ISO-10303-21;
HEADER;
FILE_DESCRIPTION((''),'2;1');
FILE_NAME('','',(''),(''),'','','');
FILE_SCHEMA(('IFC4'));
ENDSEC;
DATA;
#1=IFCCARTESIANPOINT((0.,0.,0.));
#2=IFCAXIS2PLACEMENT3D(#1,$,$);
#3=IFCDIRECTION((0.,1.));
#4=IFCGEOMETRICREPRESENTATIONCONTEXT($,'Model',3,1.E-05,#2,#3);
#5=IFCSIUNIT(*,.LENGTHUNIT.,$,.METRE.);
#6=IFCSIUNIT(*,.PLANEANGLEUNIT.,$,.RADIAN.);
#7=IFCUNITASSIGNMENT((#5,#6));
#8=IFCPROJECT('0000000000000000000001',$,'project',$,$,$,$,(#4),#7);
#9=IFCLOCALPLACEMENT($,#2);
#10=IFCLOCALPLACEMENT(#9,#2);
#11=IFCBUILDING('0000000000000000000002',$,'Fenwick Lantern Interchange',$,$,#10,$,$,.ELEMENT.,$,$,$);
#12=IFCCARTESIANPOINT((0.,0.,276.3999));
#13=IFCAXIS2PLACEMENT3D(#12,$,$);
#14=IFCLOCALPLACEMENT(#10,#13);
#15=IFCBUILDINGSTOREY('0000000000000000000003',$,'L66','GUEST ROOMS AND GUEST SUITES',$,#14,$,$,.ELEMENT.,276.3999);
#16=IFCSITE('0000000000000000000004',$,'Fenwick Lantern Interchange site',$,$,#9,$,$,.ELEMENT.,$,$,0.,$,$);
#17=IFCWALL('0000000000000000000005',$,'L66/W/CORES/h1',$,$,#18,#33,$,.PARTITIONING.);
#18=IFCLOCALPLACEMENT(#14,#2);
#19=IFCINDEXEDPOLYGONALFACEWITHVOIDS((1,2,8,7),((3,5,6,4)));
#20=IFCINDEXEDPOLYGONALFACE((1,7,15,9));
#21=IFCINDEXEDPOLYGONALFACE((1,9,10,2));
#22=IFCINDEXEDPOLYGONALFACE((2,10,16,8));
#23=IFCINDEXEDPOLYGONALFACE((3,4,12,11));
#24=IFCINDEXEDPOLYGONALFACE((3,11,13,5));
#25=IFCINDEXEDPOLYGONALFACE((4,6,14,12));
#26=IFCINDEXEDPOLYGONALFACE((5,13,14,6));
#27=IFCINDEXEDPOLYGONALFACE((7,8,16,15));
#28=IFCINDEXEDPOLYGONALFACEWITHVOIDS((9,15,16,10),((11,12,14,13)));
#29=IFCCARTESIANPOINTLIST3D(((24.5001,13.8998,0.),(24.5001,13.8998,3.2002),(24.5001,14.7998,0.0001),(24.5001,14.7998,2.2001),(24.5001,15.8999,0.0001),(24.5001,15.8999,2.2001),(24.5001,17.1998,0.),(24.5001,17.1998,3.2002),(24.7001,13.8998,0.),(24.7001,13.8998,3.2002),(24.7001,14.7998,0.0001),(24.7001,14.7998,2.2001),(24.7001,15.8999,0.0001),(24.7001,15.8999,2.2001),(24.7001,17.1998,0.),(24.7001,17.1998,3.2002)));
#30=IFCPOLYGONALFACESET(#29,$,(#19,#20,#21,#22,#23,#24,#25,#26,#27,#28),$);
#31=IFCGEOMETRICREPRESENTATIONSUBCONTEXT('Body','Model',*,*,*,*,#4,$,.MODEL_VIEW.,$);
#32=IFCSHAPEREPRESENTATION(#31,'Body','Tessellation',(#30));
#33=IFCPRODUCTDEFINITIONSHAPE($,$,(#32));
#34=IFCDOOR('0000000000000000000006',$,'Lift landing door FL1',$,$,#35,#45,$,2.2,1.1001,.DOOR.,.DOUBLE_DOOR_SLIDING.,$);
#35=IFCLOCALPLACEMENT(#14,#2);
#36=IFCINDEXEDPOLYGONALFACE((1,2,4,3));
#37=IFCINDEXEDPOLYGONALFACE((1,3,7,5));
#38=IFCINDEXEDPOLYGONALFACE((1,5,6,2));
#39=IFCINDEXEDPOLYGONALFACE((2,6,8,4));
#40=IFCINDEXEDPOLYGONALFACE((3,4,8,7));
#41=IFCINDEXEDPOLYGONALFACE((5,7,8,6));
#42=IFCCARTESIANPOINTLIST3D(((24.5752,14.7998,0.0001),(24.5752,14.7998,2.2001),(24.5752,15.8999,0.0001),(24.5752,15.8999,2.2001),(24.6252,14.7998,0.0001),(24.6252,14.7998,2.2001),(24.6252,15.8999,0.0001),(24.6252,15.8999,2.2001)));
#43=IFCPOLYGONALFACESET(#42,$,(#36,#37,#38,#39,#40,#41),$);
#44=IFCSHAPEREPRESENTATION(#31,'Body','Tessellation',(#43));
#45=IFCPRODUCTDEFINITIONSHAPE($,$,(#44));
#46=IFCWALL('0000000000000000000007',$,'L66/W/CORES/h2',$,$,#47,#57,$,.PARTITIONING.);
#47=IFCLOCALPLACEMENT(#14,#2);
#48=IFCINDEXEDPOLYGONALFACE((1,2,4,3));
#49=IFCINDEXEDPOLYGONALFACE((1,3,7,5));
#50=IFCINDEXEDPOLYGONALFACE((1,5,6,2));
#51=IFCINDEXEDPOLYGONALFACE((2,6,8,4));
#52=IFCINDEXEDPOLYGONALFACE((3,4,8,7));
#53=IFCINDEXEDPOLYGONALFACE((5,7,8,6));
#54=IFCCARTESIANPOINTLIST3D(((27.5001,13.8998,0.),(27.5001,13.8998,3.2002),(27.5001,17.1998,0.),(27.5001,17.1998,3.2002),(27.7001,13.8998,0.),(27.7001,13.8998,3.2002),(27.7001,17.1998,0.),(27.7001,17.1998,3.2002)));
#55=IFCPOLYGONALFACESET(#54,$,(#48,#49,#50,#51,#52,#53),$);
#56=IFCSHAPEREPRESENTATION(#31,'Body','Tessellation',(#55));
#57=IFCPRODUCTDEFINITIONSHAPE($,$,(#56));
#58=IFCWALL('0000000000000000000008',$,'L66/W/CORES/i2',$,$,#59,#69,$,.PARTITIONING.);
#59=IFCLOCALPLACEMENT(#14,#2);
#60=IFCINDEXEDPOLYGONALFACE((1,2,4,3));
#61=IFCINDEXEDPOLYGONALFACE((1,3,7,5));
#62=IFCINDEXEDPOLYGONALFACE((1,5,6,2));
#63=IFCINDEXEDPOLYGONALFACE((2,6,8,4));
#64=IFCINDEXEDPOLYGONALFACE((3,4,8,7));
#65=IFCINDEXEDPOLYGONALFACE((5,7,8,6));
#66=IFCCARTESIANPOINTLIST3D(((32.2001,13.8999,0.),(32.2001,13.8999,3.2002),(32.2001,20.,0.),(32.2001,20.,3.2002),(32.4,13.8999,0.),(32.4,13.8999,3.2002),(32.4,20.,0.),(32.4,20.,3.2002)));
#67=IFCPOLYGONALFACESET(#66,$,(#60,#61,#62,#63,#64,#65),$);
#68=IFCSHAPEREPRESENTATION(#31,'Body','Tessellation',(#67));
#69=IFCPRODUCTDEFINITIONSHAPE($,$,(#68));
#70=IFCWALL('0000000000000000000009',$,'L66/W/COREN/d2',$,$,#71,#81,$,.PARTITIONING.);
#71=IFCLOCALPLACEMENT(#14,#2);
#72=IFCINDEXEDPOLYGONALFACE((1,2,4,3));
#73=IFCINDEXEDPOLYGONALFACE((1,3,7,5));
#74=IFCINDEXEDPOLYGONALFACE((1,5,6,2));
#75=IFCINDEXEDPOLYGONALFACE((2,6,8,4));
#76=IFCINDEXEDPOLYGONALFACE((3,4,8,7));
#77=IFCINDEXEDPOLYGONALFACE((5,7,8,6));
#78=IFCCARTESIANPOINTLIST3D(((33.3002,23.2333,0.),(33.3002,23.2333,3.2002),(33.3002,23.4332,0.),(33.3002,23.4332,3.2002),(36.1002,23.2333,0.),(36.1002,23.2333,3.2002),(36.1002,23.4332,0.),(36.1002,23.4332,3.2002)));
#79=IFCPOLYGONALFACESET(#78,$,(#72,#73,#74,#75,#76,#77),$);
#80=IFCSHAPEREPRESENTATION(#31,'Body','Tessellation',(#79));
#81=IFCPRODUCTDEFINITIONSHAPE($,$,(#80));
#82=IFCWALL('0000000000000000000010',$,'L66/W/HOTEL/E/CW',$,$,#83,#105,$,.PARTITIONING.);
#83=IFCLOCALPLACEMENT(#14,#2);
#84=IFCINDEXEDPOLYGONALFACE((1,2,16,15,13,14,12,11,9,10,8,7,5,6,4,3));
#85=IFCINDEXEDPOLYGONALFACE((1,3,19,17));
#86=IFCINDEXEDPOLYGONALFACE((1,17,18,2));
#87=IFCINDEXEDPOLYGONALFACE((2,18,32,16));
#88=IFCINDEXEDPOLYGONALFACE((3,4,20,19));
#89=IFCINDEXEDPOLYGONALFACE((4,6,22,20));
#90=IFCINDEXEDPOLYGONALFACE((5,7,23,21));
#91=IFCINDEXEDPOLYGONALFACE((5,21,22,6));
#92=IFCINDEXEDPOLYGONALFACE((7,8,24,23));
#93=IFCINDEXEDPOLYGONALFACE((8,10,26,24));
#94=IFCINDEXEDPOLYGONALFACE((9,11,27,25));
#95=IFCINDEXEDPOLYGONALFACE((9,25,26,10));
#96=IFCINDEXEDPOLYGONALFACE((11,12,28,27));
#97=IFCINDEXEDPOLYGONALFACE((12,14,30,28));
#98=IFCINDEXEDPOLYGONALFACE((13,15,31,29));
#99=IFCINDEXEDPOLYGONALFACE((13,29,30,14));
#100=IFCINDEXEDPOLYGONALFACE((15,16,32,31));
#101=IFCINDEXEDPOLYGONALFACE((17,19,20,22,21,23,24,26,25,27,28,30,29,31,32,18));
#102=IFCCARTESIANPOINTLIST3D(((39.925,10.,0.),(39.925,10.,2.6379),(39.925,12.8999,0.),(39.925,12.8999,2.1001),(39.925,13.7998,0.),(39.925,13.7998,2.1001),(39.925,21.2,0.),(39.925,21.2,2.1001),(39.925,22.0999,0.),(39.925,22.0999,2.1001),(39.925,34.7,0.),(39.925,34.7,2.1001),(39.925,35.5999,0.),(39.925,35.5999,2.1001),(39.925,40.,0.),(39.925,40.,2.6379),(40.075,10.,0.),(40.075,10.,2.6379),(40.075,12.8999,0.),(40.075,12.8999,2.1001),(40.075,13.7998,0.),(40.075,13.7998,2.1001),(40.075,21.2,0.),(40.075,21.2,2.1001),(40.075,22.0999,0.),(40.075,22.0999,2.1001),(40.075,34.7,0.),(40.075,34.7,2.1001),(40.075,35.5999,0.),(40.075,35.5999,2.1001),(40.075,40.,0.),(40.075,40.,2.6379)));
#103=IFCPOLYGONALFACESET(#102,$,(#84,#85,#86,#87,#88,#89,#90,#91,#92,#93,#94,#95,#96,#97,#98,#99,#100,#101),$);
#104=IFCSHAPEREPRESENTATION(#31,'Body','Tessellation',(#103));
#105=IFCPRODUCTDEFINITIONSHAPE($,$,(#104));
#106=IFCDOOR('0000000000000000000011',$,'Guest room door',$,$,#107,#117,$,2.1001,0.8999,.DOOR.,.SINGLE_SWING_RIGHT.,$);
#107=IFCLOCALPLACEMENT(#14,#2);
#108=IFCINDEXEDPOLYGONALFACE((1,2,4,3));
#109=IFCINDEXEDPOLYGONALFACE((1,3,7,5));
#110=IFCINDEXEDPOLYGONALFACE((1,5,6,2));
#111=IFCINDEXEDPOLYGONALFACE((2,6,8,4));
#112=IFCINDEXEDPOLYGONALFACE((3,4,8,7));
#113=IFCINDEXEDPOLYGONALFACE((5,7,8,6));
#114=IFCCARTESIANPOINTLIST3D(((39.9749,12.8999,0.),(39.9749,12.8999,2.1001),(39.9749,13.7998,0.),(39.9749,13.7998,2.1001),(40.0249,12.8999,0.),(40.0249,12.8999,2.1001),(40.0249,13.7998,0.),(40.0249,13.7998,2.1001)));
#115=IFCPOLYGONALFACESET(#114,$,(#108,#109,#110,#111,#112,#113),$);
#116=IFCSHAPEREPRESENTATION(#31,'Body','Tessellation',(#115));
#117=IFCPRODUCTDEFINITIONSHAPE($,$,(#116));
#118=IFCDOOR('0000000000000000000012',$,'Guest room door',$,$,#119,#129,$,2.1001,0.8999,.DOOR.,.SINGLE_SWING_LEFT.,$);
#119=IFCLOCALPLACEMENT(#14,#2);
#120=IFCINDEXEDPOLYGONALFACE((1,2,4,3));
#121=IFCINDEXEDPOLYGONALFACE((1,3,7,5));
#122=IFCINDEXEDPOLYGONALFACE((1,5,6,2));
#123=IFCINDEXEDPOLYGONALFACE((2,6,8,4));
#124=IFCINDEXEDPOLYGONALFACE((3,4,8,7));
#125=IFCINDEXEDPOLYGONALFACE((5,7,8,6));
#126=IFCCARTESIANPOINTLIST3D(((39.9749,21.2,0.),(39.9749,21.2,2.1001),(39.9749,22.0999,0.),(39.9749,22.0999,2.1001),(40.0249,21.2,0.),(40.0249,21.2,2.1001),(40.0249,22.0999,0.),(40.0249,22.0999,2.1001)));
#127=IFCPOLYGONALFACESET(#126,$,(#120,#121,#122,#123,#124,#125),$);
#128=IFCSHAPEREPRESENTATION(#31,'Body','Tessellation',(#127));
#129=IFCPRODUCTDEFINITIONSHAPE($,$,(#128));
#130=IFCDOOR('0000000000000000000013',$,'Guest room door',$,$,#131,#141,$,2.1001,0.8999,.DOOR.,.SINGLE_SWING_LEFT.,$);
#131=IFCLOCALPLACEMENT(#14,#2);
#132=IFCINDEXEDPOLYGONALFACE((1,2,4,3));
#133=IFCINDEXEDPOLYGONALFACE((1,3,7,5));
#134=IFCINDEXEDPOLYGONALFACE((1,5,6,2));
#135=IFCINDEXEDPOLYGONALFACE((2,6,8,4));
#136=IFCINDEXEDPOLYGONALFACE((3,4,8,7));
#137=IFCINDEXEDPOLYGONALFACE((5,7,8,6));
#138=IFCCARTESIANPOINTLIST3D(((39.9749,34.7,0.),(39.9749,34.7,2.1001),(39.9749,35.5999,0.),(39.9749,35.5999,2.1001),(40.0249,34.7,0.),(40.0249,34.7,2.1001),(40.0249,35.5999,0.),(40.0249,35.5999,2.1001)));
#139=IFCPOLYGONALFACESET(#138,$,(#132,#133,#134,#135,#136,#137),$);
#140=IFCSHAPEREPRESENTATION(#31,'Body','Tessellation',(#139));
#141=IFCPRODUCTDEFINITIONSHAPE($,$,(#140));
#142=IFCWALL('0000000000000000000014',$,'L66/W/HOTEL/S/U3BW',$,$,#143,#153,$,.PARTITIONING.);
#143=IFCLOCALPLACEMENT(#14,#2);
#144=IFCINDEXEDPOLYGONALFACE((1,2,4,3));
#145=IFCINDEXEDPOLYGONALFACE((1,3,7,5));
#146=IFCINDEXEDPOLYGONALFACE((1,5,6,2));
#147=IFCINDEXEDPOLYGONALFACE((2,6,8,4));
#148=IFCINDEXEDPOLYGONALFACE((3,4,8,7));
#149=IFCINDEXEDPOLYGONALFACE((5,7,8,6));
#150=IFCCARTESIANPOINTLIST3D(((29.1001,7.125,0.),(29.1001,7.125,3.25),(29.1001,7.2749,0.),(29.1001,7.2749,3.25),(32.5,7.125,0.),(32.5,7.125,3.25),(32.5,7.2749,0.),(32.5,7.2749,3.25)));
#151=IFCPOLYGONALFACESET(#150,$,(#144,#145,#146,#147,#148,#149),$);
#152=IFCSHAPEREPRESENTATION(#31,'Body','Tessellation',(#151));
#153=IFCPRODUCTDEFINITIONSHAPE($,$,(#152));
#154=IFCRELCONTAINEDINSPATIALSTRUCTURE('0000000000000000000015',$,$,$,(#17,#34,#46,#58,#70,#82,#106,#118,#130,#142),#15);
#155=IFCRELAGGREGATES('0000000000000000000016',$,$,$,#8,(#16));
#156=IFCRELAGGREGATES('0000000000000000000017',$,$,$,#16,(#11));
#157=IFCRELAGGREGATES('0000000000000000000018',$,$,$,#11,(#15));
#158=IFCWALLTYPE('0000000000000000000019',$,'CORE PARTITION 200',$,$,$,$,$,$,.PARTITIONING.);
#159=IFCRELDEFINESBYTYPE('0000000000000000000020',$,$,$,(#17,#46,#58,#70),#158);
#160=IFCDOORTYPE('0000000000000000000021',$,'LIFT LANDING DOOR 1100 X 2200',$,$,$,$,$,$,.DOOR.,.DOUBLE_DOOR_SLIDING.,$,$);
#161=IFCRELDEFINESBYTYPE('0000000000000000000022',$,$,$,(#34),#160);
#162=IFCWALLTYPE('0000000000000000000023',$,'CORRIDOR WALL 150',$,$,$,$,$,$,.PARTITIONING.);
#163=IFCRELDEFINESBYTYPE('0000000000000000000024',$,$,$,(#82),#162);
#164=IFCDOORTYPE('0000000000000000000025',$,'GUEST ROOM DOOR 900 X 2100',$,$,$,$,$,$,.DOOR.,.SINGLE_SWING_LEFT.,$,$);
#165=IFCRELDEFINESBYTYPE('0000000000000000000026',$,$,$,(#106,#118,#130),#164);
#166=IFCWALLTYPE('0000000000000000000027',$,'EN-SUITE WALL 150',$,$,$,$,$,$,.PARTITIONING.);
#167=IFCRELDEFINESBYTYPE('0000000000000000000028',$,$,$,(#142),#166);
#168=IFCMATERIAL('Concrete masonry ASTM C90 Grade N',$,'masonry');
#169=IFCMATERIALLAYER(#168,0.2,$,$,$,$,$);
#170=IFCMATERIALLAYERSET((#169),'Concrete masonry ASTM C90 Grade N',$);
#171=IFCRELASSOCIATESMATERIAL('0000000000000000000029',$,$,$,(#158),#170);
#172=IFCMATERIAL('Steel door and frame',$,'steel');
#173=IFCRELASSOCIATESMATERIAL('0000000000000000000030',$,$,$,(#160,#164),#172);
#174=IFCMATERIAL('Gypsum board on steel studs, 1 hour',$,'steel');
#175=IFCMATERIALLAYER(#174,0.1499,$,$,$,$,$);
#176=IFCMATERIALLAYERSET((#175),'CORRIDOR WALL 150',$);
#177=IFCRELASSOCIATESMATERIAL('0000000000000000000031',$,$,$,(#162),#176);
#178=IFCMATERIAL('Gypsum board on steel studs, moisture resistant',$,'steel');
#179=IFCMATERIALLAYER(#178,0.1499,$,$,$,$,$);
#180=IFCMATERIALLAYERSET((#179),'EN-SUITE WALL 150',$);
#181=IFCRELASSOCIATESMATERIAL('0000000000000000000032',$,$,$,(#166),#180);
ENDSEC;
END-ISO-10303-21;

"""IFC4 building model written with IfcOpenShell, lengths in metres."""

from ifc_helpers import new_model, si_unit, direction, frame, frame_2d, origin, place, context, subcontext, project, spatial, rectangle, extrude, material, layer, layer_set, type_object, element, fill, save


model = new_model("IFC4")

# Units and contexts
model_context = context("Model", 3, precision=1e-05, world=origin(), true_north=direction((0.0, 1.0)))
body_context = subcontext(model_context, "Body", "Model", "MODEL_VIEW")
ifc_project = project(units=[si_unit("LENGTHUNIT", "METRE"), si_unit("PLANEANGLEUNIT", "RADIAN")], contexts=[model_context])

# Site, building, storey
site_placement = place(None, origin())
site = spatial("IfcSite", under=ifc_project, at=site_placement, Name="Fenwick Lantern Interchange site", CompositionType="ELEMENT", RefElevation=0.0)
building_placement = place(site_placement, origin())
building = spatial("IfcBuilding", under=site, at=building_placement, Name="Fenwick Lantern Interchange", CompositionType="ELEMENT")
storey_placement = place(building_placement, frame((0.0, 0.0, 276.3999)))
storey = spatial("IfcBuildingStorey", under=building, at=storey_placement, Name="L66", Description="GUEST ROOMS AND GUEST SUITES", CompositionType="ELEMENT", Elevation=276.3999)

# Wall, opening, door
ifc_material_1 = material(Name="Concrete masonry ASTM C90 Grade N", Category="masonry")
ifc_layer_1 = layer(ifc_material_1, 0.2)
ifc_layer_set_1 = layer_set([ifc_layer_1], Name="Concrete masonry ASTM C90 Grade N")
wall_type_1 = type_object("IfcWallType", Name="CORE PARTITION 200", PredefinedType="PARTITIONING", material=ifc_layer_set_1)
wall_1_placement = place(storey_placement, frame((24.6001, 13.8999, 0.0), z_axis=(0.0, 0.0, 1.0), x_axis=(0.0, 1.0, 0.0)))
wall_1 = element("IfcWall", 1, at=wall_1_placement, inside=storey, type_object=wall_type_1, Name="L66/W/CORES/h1", PredefinedType="PARTITIONING", context=body_context, shape_type="SweptSolid", body=[
    extrude(rectangle(XDim=3.3, YDim=0.2, at=frame_2d((1.6499, 0.0))), origin(), (0.0, 0.0, 1.0), 3.2002),
])
opening_1_placement = place(wall_1_placement, frame((0.8999, 0.0, 0.0)))
opening_1 = element("IfcOpeningElement", 2, at=opening_1_placement, cuts=wall_1, PredefinedType="OPENING", context=body_context, shape_type="SweptSolid", body=[
    extrude(rectangle(XDim=1.1001, YDim=2.2, at=frame_2d((0.55, 1.1001))), frame((0.0, 0.1099, 0.0), z_axis=(0.0, -1.0, 0.0), x_axis=(1.0, 0.0, 0.0)), (0.0, 0.0, 1.0), 0.22),
])
ifc_material_2 = material(Name="Steel door and frame", Category="steel")
door_type_1 = type_object("IfcDoorType", Name="LIFT LANDING DOOR 1100 X 2200", OperationType="DOUBLE_DOOR_SLIDING", PredefinedType="DOOR", material=ifc_material_2)
door_1_placement = place(opening_1_placement, origin())
door_1 = element("IfcDoor", 3, at=door_1_placement, inside=storey, type_object=door_type_1, Name="Lift landing door FL1", OperationType="DOUBLE_DOOR_SLIDING", OverallHeight=2.2, OverallWidth=1.1001, PredefinedType="DOOR", context=body_context, shape_type="SweptSolid", body=[
    extrude(rectangle(XDim=1.1001, YDim=2.2, at=frame_2d((0.55, 1.1001))), frame((0.0, 0.0249, 0.0), z_axis=(0.0, -1.0, 0.0), x_axis=(1.0, 0.0, 0.0)), (0.0, 0.0, 1.0), 0.05),
])
fill(opening_1, door_1)

# Walls
wall_2_placement = place(storey_placement, frame((27.6001, 13.8999, 0.0), z_axis=(0.0, 0.0, 1.0), x_axis=(0.0, 1.0, 0.0)))
element("IfcWall", 4, at=wall_2_placement, inside=storey, type_object=wall_type_1, Name="L66/W/CORES/h2", PredefinedType="PARTITIONING", context=body_context, shape_type="SweptSolid", body=[
    extrude(rectangle(XDim=3.3, YDim=0.2, at=frame_2d((1.6499, 0.0))), origin(), (0.0, 0.0, 1.0), 3.2002),
])
wall_3_placement = place(storey_placement, frame((32.3, 13.8999, 0.0), z_axis=(0.0, 0.0, 1.0), x_axis=(0.0, 1.0, 0.0)))
element("IfcWall", 5, at=wall_3_placement, inside=storey, type_object=wall_type_1, Name="L66/W/CORES/i2", PredefinedType="PARTITIONING", context=body_context, shape_type="SweptSolid", body=[
    extrude(rectangle(XDim=6.1001, YDim=0.2, at=frame_2d((3.05, 0.0))), origin(), (0.0, 0.0, 1.0), 3.2002),
])
wall_4_placement = place(storey_placement, frame((36.1001, 23.3333, 0.0), z_axis=(0.0, 0.0, 1.0), x_axis=(-1.0, 0.0, 0.0)))
element("IfcWall", 6, at=wall_4_placement, inside=storey, type_object=wall_type_1, Name="L66/W/COREN/d2", PredefinedType="PARTITIONING", context=body_context, shape_type="SweptSolid", body=[
    extrude(rectangle(XDim=2.8, YDim=0.2, at=frame_2d((1.3999, 0.0))), origin(), (0.0, 0.0, 1.0), 3.2002),
])

# Wall, openings, doors
ifc_material_3 = material(Name="Gypsum board on steel studs, 1 hour", Category="steel")
ifc_layer_2 = layer(ifc_material_3, 0.1499)
ifc_layer_set_2 = layer_set([ifc_layer_2], Name="CORRIDOR WALL 150")
wall_type_2 = type_object("IfcWallType", Name="CORRIDOR WALL 150", PredefinedType="PARTITIONING", material=ifc_layer_set_2)
wall_5_placement = place(storey_placement, frame((40.0, 10.0, 0.0), z_axis=(0.0, 0.0, 1.0), x_axis=(0.0, 1.0, 0.0)))
wall_5 = element("IfcWall", 7, at=wall_5_placement, inside=storey, type_object=wall_type_2, Name="L66/W/HOTEL/E/CW", PredefinedType="PARTITIONING", context=body_context, shape_type="SweptSolid", body=[
    extrude(rectangle(XDim=30.0, YDim=0.1499, at=frame_2d((15.0, 0.0))), origin(), (0.0, 0.0, 1.0), 2.6379),
])
opening_2_placement = place(wall_5_placement, frame((2.8999, 0.0, 0.0)))
opening_2 = element("IfcOpeningElement", 8, at=opening_2_placement, cuts=wall_5, PredefinedType="OPENING", context=body_context, shape_type="SweptSolid", body=[
    extrude(rectangle(XDim=0.8999, YDim=2.1001, at=frame_2d((0.45, 1.05))), frame((0.0, 0.085, 0.0), z_axis=(0.0, -1.0, 0.0), x_axis=(1.0, 0.0, 0.0)), (0.0, 0.0, 1.0), 0.1699),
])
opening_3_placement = place(wall_5_placement, frame((11.2, 0.0, 0.0)))
opening_3 = element("IfcOpeningElement", 9, at=opening_3_placement, cuts=wall_5, PredefinedType="OPENING", context=body_context, shape_type="SweptSolid", body=[
    extrude(rectangle(XDim=0.8999, YDim=2.1001, at=frame_2d((0.45, 1.05))), frame((0.0, 0.085, 0.0), z_axis=(0.0, -1.0, 0.0), x_axis=(1.0, 0.0, 0.0)), (0.0, 0.0, 1.0), 0.1699),
])
opening_4_placement = place(wall_5_placement, frame((24.7, 0.0, 0.0)))
opening_4 = element("IfcOpeningElement", 10, at=opening_4_placement, cuts=wall_5, PredefinedType="OPENING", context=body_context, shape_type="SweptSolid", body=[
    extrude(rectangle(XDim=0.8999, YDim=2.1001, at=frame_2d((0.45, 1.05))), frame((0.0, 0.085, 0.0), z_axis=(0.0, -1.0, 0.0), x_axis=(1.0, 0.0, 0.0)), (0.0, 0.0, 1.0), 0.1699),
])
door_type_2 = type_object("IfcDoorType", Name="GUEST ROOM DOOR 900 X 2100", OperationType="SINGLE_SWING_LEFT", PredefinedType="DOOR", material=ifc_material_2)
door_2_placement = place(opening_2_placement, frame((0.8999, 0.0, 0.0), z_axis=(0.0, 0.0, 1.0), x_axis=(-1.0, 0.0, 0.0)))
door_2 = element("IfcDoor", 11, at=door_2_placement, inside=storey, type_object=door_type_2, Name="Guest room door", OperationType="SINGLE_SWING_RIGHT", OverallHeight=2.1001, OverallWidth=0.8999, PredefinedType="DOOR", context=body_context, shape_type="SweptSolid", body=[
    extrude(rectangle(XDim=0.8999, YDim=2.1001, at=frame_2d((0.45, 1.05))), frame((0.0, 0.0249, 0.0), z_axis=(0.0, -1.0, 0.0), x_axis=(1.0, 0.0, 0.0)), (0.0, 0.0, 1.0), 0.05),
])
fill(opening_2, door_2)
door_3_placement = place(opening_3_placement, frame((0.8999, 0.0, 0.0), z_axis=(0.0, 0.0, 1.0), x_axis=(-1.0, 0.0, 0.0)))
door_3 = element("IfcDoor", 12, at=door_3_placement, inside=storey, type_object=door_type_2, Name="Guest room door", OperationType="SINGLE_SWING_LEFT", OverallHeight=2.1001, OverallWidth=0.8999, PredefinedType="DOOR", context=body_context, shape_type="SweptSolid", body=[
    extrude(rectangle(XDim=0.8999, YDim=2.1001, at=frame_2d((0.45, 1.05))), frame((0.0, 0.0249, 0.0), z_axis=(0.0, -1.0, 0.0), x_axis=(1.0, 0.0, 0.0)), (0.0, 0.0, 1.0), 0.05),
])
fill(opening_3, door_3)
door_4_placement = place(opening_4_placement, frame((0.8999, 0.0, 0.0), z_axis=(0.0, 0.0, 1.0), x_axis=(-1.0, 0.0, 0.0)))
door_4 = element("IfcDoor", 13, at=door_4_placement, inside=storey, type_object=door_type_2, Name="Guest room door", OperationType="SINGLE_SWING_LEFT", OverallHeight=2.1001, OverallWidth=0.8999, PredefinedType="DOOR", context=body_context, shape_type="SweptSolid", body=[
    extrude(rectangle(XDim=0.8999, YDim=2.1001, at=frame_2d((0.45, 1.05))), frame((0.0, 0.0249, 0.0), z_axis=(0.0, -1.0, 0.0), x_axis=(1.0, 0.0, 0.0)), (0.0, 0.0, 1.0), 0.05),
])
fill(opening_4, door_4)

# Wall
ifc_material_4 = material(Name="Gypsum board on steel studs, moisture resistant", Category="steel")
ifc_layer_3 = layer(ifc_material_4, 0.1499)
ifc_layer_set_3 = layer_set([ifc_layer_3], Name="EN-SUITE WALL 150")
wall_type_3 = type_object("IfcWallType", Name="EN-SUITE WALL 150", PredefinedType="PARTITIONING", material=ifc_layer_set_3)
wall_6_placement = place(storey_placement, frame((29.1001, 7.2, 0.0), z_axis=(0.0, 0.0, 1.0), x_axis=(1.0, 0.0, 0.0)))
element("IfcWall", 14, at=wall_6_placement, inside=storey, type_object=wall_type_3, Name="L66/W/HOTEL/S/U3BW", PredefinedType="PARTITIONING", context=body_context, shape_type="SweptSolid", body=[
    extrude(rectangle(XDim=3.3999, YDim=0.1499, at=frame_2d((1.7, 0.0))), origin(), (0.0, 0.0, 1.0), 3.25),
])

save(model, "model.ifc")
